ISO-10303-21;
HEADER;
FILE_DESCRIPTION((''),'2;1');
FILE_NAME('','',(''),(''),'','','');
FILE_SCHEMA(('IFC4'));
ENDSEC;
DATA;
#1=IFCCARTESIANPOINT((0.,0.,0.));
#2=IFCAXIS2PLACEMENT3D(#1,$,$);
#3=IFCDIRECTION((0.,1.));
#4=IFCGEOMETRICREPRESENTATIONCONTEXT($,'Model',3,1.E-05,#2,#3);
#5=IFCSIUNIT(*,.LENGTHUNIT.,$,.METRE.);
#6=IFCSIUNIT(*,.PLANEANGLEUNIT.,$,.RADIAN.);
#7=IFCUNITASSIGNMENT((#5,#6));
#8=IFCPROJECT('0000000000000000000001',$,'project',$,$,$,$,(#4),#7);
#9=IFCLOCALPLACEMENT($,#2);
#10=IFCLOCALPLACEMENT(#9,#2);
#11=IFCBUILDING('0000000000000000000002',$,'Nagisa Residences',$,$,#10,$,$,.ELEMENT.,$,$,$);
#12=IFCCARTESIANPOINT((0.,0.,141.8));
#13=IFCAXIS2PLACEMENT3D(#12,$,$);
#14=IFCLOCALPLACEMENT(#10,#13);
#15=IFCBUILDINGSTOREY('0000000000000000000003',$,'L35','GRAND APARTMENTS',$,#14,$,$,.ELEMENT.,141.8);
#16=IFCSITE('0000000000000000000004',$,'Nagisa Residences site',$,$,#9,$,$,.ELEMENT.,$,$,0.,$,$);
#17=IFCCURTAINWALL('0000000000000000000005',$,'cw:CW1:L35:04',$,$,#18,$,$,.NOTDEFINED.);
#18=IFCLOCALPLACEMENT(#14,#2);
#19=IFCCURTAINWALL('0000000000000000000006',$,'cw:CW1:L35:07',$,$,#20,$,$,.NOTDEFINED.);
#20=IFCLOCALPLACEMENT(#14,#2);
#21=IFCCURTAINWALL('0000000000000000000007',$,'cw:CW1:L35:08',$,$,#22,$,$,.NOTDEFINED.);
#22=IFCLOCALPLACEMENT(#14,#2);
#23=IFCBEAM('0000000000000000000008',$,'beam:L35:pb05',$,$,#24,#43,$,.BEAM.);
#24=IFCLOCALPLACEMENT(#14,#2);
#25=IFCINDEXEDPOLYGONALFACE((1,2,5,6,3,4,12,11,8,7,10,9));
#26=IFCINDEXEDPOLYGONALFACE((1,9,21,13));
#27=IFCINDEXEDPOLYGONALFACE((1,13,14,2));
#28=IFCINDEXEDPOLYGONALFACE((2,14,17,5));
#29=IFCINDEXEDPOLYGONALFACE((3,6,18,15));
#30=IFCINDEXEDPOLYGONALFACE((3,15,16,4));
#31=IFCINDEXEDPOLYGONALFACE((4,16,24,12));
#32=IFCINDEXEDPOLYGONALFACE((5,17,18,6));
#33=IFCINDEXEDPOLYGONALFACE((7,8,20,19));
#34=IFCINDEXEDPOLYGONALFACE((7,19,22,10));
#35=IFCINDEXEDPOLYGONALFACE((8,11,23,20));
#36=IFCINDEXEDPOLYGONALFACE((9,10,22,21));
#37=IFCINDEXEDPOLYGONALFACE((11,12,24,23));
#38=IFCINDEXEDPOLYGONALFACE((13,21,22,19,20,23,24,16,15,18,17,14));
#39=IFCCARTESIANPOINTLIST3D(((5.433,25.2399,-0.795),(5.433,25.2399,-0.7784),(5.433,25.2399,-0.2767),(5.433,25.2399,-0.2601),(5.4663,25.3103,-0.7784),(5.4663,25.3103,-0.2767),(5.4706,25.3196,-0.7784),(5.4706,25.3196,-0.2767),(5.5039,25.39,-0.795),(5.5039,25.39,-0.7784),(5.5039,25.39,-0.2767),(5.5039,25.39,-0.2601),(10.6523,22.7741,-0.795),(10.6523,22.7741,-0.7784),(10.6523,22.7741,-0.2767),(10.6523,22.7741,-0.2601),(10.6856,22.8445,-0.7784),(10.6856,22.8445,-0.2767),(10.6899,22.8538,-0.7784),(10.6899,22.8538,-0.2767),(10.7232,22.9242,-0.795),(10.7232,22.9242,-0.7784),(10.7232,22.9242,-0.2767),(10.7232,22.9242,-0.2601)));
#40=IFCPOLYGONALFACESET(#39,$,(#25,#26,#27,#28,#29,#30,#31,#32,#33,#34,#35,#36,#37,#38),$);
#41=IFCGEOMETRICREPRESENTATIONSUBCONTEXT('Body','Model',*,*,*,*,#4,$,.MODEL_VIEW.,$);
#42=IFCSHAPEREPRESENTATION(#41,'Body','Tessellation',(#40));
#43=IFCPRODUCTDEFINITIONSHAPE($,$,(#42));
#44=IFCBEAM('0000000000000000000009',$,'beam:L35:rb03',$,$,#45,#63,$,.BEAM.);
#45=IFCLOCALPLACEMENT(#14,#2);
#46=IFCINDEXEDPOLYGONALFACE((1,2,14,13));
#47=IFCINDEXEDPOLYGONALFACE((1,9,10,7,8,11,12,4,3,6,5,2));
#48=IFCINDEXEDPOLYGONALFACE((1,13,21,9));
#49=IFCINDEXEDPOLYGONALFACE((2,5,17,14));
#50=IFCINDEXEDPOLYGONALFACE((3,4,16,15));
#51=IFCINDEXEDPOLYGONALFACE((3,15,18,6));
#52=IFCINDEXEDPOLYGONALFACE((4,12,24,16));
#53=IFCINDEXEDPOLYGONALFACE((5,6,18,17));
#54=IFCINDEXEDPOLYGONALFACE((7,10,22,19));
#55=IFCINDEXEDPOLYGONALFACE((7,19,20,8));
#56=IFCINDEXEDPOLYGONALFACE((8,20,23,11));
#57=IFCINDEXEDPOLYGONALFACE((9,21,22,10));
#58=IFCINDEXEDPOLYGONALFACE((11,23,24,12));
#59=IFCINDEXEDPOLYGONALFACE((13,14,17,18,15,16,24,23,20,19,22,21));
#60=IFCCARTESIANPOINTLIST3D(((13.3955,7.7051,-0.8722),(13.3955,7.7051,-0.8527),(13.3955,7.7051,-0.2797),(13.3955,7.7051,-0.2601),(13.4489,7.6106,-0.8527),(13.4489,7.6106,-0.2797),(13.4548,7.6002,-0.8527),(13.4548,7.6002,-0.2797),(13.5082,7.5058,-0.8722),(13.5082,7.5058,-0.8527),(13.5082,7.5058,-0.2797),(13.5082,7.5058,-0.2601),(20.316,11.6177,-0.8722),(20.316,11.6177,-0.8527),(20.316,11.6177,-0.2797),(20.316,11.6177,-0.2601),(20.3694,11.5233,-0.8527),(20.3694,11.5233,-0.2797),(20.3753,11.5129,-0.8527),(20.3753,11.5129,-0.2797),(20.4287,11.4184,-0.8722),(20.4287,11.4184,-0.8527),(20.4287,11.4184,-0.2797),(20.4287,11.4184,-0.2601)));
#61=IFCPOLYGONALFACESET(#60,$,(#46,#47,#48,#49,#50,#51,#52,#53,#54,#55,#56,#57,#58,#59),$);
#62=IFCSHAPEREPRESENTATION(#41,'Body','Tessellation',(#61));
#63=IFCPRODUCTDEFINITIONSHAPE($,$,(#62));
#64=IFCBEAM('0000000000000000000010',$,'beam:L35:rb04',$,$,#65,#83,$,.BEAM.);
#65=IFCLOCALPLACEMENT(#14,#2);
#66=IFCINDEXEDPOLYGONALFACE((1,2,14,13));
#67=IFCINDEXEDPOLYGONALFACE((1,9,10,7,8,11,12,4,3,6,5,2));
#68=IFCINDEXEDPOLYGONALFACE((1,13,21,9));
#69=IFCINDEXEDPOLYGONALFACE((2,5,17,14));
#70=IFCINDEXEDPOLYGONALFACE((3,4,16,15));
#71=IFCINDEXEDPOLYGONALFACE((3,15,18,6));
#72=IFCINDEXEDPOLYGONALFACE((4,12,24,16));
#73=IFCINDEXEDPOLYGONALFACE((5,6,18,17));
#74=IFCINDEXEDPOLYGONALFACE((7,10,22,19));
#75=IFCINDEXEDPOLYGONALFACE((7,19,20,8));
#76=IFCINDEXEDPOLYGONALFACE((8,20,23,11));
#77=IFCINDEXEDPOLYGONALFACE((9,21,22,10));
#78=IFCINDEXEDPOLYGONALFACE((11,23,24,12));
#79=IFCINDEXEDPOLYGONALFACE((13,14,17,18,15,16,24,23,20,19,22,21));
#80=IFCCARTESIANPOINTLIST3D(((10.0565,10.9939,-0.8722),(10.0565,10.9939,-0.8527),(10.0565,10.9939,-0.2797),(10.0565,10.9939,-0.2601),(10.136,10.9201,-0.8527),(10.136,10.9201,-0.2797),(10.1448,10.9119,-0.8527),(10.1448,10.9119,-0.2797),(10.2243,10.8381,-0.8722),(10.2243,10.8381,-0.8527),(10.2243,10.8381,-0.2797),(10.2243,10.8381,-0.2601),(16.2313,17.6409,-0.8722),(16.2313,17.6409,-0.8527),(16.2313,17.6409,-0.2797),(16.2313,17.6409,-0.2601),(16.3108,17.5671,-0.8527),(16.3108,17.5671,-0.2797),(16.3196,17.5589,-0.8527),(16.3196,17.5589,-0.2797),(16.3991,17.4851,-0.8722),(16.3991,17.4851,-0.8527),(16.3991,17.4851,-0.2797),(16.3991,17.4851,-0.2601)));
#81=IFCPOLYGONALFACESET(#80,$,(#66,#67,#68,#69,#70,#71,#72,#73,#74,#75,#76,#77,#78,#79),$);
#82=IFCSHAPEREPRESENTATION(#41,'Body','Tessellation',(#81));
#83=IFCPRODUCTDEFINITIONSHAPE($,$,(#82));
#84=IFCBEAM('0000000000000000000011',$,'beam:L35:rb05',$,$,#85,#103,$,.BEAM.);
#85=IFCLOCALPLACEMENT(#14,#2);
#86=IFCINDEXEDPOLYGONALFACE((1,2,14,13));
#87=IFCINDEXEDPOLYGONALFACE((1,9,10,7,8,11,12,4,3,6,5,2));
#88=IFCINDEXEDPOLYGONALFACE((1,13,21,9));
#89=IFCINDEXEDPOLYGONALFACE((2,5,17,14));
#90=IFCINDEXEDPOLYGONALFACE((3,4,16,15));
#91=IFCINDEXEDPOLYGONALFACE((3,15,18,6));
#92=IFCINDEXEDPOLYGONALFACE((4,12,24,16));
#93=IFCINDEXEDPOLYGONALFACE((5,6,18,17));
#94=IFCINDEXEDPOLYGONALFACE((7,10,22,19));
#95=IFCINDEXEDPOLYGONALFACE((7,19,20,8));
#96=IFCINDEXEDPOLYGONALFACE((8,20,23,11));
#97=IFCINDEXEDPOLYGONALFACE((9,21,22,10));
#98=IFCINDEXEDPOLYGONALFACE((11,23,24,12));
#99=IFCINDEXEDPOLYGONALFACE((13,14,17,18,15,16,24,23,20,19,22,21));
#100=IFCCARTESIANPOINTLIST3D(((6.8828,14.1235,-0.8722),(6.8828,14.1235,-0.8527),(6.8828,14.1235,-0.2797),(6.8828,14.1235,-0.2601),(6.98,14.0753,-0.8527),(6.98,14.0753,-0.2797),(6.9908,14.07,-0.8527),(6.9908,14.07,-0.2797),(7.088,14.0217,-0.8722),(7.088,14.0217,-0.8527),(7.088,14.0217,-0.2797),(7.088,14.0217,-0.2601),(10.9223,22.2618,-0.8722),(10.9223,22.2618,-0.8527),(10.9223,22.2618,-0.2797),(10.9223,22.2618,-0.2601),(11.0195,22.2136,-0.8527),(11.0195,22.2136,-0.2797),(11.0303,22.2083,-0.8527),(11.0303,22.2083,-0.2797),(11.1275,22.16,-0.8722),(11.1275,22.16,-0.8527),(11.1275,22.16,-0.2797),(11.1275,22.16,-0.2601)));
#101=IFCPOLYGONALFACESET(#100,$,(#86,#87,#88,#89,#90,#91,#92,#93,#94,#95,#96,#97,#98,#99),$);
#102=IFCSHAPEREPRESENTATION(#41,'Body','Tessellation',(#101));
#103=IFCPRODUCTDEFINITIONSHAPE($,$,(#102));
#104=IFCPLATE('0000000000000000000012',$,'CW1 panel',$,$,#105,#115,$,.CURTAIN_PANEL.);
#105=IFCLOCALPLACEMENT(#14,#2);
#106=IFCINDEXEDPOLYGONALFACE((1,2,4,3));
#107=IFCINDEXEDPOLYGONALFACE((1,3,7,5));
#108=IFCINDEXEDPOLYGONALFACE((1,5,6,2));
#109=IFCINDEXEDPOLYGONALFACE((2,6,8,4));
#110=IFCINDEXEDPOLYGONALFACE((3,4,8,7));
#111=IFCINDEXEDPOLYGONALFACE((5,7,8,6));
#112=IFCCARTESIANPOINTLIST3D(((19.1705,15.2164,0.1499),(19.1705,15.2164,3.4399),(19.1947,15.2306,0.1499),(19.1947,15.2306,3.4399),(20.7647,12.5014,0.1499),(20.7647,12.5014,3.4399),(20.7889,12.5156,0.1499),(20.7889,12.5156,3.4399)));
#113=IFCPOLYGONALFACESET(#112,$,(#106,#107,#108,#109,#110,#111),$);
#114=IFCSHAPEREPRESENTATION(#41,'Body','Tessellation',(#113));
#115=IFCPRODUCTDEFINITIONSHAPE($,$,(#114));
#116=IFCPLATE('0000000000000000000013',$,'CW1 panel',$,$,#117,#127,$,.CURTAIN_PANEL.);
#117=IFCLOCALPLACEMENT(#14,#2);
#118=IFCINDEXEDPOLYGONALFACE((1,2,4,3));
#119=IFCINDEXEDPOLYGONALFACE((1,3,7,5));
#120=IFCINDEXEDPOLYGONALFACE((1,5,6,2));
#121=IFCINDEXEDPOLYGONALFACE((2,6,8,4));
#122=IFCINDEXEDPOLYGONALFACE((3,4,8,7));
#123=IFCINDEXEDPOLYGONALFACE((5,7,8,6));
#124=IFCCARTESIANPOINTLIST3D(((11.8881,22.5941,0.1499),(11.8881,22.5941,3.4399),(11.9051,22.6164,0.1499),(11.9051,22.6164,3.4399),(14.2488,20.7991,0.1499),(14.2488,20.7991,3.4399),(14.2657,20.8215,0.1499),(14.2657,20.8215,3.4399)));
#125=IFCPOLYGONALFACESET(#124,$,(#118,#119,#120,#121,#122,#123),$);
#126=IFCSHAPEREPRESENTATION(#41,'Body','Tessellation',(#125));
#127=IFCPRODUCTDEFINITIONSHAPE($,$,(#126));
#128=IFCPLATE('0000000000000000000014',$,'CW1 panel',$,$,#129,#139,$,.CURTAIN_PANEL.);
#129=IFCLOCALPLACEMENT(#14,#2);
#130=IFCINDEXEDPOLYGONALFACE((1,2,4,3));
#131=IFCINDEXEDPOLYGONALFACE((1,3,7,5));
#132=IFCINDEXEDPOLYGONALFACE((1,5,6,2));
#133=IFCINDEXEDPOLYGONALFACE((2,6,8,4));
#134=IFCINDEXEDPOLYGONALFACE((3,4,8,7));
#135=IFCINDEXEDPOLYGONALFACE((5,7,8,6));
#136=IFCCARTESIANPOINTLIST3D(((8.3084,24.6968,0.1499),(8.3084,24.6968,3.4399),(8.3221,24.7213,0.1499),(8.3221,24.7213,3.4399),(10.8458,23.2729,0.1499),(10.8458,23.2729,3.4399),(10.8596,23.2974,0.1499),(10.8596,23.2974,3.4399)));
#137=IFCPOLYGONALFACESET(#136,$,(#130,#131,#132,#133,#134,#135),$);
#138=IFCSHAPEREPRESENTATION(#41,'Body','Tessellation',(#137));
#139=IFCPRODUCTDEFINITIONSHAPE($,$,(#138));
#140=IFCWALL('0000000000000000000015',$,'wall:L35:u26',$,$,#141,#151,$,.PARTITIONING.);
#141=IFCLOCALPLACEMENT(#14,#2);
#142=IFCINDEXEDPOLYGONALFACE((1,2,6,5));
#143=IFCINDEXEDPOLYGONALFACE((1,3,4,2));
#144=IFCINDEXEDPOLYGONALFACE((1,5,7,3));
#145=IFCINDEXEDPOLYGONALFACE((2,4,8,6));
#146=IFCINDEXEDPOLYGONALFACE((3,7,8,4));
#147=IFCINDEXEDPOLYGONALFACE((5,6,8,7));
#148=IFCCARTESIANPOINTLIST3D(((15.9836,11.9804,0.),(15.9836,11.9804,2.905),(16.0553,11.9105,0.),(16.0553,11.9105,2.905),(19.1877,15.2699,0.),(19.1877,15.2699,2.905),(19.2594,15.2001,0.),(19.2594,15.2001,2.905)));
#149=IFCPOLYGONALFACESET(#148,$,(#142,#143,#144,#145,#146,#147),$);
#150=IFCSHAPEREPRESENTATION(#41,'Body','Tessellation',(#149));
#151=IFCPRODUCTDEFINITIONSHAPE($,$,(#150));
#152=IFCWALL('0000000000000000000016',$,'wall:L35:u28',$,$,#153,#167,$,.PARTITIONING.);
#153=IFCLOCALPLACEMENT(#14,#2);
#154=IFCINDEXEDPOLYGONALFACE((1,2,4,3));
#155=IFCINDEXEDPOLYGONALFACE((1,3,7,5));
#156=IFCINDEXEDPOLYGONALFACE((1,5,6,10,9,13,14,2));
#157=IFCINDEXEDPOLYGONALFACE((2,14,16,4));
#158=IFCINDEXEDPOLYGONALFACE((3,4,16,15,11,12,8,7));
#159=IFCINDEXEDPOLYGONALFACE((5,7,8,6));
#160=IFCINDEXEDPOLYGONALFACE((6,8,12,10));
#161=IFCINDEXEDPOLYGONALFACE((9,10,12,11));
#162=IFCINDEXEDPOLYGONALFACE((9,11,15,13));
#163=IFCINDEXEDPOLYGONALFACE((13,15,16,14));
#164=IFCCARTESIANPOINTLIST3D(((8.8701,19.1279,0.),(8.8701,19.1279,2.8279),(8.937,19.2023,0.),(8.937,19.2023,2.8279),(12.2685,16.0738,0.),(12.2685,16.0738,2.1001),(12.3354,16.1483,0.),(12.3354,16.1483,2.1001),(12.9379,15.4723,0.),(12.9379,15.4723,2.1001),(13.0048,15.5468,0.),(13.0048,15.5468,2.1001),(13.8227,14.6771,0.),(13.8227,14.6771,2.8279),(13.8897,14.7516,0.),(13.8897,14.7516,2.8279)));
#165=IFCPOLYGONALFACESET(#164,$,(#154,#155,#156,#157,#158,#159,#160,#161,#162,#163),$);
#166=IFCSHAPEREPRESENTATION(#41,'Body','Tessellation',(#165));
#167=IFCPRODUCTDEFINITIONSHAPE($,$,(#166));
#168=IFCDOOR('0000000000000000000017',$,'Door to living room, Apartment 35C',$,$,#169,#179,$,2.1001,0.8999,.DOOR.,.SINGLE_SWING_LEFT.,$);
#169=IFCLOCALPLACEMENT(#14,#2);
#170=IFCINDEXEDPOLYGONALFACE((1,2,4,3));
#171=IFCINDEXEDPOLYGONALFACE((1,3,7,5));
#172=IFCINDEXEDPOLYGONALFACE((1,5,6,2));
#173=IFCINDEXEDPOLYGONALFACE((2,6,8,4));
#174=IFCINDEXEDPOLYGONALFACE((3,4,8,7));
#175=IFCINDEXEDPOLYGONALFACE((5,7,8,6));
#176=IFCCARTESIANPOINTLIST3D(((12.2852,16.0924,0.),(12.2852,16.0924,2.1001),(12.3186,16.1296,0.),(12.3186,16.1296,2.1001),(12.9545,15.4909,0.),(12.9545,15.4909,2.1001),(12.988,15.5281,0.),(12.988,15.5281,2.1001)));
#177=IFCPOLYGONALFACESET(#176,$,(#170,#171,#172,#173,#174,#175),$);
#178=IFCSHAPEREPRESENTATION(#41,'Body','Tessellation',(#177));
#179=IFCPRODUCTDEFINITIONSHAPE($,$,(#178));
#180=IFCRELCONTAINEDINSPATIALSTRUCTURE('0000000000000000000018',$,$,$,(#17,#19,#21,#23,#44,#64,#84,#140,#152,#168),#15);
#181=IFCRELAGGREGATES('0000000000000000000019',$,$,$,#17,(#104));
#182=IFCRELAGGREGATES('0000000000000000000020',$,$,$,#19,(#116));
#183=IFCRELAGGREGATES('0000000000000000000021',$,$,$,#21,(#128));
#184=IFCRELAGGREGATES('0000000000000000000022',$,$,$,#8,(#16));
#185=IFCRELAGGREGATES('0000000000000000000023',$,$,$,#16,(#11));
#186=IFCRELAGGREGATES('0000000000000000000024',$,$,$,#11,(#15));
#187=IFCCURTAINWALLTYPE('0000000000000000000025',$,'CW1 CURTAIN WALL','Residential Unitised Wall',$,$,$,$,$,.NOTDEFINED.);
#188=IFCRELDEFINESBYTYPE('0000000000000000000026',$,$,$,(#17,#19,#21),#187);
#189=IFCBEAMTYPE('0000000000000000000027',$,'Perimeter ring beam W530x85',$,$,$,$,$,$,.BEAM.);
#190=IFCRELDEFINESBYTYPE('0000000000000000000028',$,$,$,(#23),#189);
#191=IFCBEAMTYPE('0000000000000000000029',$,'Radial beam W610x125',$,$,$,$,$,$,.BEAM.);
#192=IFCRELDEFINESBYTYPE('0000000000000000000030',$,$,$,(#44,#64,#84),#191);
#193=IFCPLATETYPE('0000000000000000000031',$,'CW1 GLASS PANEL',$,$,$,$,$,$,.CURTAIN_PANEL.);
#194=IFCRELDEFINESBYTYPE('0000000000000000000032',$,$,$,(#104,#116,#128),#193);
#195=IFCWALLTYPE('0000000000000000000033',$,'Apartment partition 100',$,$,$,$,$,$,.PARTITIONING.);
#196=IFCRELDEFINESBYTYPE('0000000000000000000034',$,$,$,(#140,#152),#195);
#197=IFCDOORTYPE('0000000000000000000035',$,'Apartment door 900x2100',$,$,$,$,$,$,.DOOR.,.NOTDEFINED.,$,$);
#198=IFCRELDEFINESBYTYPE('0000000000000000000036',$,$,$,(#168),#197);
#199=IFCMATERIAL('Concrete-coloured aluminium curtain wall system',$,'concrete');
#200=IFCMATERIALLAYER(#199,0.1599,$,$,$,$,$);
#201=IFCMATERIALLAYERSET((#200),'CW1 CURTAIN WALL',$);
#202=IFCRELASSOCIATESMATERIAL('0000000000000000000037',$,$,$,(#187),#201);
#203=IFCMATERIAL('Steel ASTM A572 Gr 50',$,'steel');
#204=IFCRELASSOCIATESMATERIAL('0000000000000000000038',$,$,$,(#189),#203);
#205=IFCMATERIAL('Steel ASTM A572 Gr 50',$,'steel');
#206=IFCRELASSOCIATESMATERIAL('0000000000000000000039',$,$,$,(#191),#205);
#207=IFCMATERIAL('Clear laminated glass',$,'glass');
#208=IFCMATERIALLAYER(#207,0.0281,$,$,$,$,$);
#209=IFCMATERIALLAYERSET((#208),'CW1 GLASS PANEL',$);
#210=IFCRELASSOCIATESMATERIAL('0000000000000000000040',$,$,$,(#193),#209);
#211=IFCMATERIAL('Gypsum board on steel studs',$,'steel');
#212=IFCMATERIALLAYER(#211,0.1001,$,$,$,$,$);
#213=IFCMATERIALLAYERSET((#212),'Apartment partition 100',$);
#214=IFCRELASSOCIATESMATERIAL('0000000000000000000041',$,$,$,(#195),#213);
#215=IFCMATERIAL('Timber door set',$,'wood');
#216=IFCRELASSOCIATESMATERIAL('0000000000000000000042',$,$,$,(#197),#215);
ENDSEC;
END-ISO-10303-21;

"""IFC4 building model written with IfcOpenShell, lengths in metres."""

from ifc_helpers import new_model, si_unit, direction, frame, frame_2d, origin, origin_2d, place, context, subcontext, project, spatial, rectangle, i_section, extrude, material, layer, layer_set, material_profile, profile_set, type_object, element, fill, aggregate, save


model = new_model("IFC4")

# Units and contexts
model_context = context("Model", 3, precision=1e-05, world=origin(), true_north=direction((0.0, 1.0)))
body_context = subcontext(model_context, "Body", "Model", "MODEL_VIEW")
ifc_project = project(units=[si_unit("LENGTHUNIT", "METRE"), si_unit("PLANEANGLEUNIT", "RADIAN")], contexts=[model_context])

# Site, building, storey
site_placement = place(None, origin())
site = spatial("IfcSite", under=ifc_project, at=site_placement, Name="Nagisa Residences site", CompositionType="ELEMENT", RefElevation=0.0)
building_placement = place(site_placement, origin())
building = spatial("IfcBuilding", under=site, at=building_placement, Name="Nagisa Residences", CompositionType="ELEMENT")
storey_placement = place(building_placement, frame((0.0, 0.0, 141.8)))
storey = spatial("IfcBuildingStorey", under=building, at=storey_placement, Name="L35", Description="GRAND APARTMENTS", CompositionType="ELEMENT", Elevation=141.8)

# Curtain walls
ifc_material_1 = material(Name="Concrete-coloured aluminium curtain wall system", Category="concrete")
ifc_layer_1 = layer(ifc_material_1, 0.1599)
ifc_layer_set_1 = layer_set([ifc_layer_1], Name="CW1 CURTAIN WALL")
curtain_wall_type = type_object("IfcCurtainWallType", Name="CW1 CURTAIN WALL", Description="Residential Unitised Wall", PredefinedType="NOTDEFINED", material=ifc_layer_set_1)
curtain_wall_1_placement = place(storey_placement, origin())
curtain_wall_1 = element("IfcCurtainWall", 1, at=curtain_wall_1_placement, inside=storey, type_object=curtain_wall_type, Name="cw:CW1:L35:04", PredefinedType="NOTDEFINED")
curtain_wall_2_placement = place(storey_placement, origin())
curtain_wall_2 = element("IfcCurtainWall", 2, at=curtain_wall_2_placement, inside=storey, type_object=curtain_wall_type, Name="cw:CW1:L35:07", PredefinedType="NOTDEFINED")
curtain_wall_3_placement = place(storey_placement, origin())
curtain_wall_3 = element("IfcCurtainWall", 3, at=curtain_wall_3_placement, inside=storey, type_object=curtain_wall_type, Name="cw:CW1:L35:08", PredefinedType="NOTDEFINED")

# Beams
ifc_material_2 = material(Name="Steel ASTM A572 Gr 50", Category="steel")
ifc_material_profile_1 = material_profile(ifc_material_2, i_section(OverallWidth=0.166, OverallDepth=0.5349, WebThickness=0.0103, FlangeThickness=0.0166, at=origin_2d()), Name="W530x85")
ifc_profile_set_1 = profile_set([ifc_material_profile_1], Name="Steel ASTM A572 Gr 50")
beam_type_1 = type_object("IfcBeamType", Name="Perimeter ring beam W530x85", PredefinedType="BEAM", material=ifc_profile_set_1)
beam_1_placement = place(storey_placement, frame((10.6877, 22.8491, -0.5276), z_axis=(-0.90417, 0.427173, 0.0), x_axis=(-0.427173, -0.90417, 0.0)))
element("IfcBeam", 4, at=beam_1_placement, inside=storey, type_object=beam_type_1, Name="beam:L35:pb05", PredefinedType="BEAM", context=body_context, shape_type="SweptSolid", body=[
    extrude(i_section(OverallWidth=0.166, OverallDepth=0.5349, WebThickness=0.0103, FlangeThickness=0.0166, at=origin_2d()), origin(), (0.0, 0.0, 1.0), 5.7725),
])
ifc_material_3 = material(Name="Steel ASTM A572 Gr 50", Category="steel")
ifc_material_profile_2 = material_profile(ifc_material_3, i_section(OverallWidth=0.229, OverallDepth=0.6121, WebThickness=0.012, FlangeThickness=0.0195, at=origin_2d()), Name="W610x125")
ifc_profile_set_2 = profile_set([ifc_material_profile_2], Name="Steel ASTM A572 Gr 50")
beam_type_2 = type_object("IfcBeamType", Name="Radial beam W610x125", PredefinedType="BEAM", material=ifc_profile_set_2)
beam_2_placement = place(storey_placement, frame((20.3723, 11.5181, -0.5662), z_axis=(-0.870506, -0.492158, 0.0), x_axis=(0.492158, -0.870506, 0.0)))
element("IfcBeam", 5, at=beam_2_placement, inside=storey, type_object=beam_type_2, Name="beam:L35:rb03", PredefinedType="BEAM", context=body_context, shape_type="SweptSolid", body=[
    extrude(i_section(OverallWidth=0.229, OverallDepth=0.6121, WebThickness=0.012, FlangeThickness=0.0195, at=origin_2d()), origin(), (0.0, 0.0, 1.0), 7.95),
])
beam_3_placement = place(storey_placement, frame((16.3152, 17.563, -0.5662), z_axis=(-0.680606, -0.73265, 0.0), x_axis=(0.73265, -0.680606, 0.0)))
element("IfcBeam", 6, at=beam_3_placement, inside=storey, type_object=beam_type_2, Name="beam:L35:rb04", PredefinedType="BEAM", context=body_context, shape_type="SweptSolid", body=[
    extrude(i_section(OverallWidth=0.229, OverallDepth=0.6121, WebThickness=0.012, FlangeThickness=0.0195, at=origin_2d()), origin(), (0.0, 0.0, 1.0), 9.0725),
])
beam_4_placement = place(storey_placement, frame((11.0249, 22.2109, -0.5662), z_axis=(-0.4446, -0.895729, 0.0), x_axis=(0.895729, -0.4446, 0.0)))
element("IfcBeam", 7, at=beam_4_placement, inside=storey, type_object=beam_type_2, Name="beam:L35:rb05", PredefinedType="BEAM", context=body_context, shape_type="SweptSolid", body=[
    extrude(i_section(OverallWidth=0.229, OverallDepth=0.6121, WebThickness=0.012, FlangeThickness=0.0195, at=origin_2d()), origin(), (0.0, 0.0, 1.0), 9.0857),
])

# Plates
ifc_material_4 = material(Name="Clear laminated glass", Category="glass")
ifc_layer_2 = layer(ifc_material_4, 0.0281)
ifc_layer_set_2 = layer_set([ifc_layer_2], Name="CW1 GLASS PANEL")
plate_type = type_object("IfcPlateType", Name="CW1 GLASS PANEL", PredefinedType="CURTAIN_PANEL", material=ifc_layer_set_2)
plate_1_placement = place(storey_placement, frame((19.9797, 13.866, 0.1499), z_axis=(0.0, 0.0, 1.0), x_axis=(-0.506349, 0.862329, 0.0)))
plate_1 = element("IfcPlate", 8, at=plate_1_placement, type_object=plate_type, Name="CW1 panel", PredefinedType="CURTAIN_PANEL", context=body_context, shape_type="SweptSolid", body=[
    extrude(rectangle(XDim=3.1484, YDim=0.0281, at=origin_2d()), origin(), (0.0, 0.0, 1.0), 3.29),
])
aggregate(curtain_wall_1, [plate_1])
plate_2_placement = place(storey_placement, frame((13.0769, 21.7078, 0.1499), z_axis=(0.0, 0.0, 1.0), x_axis=(-0.796031, 0.605255, 0.0)))
plate_2 = element("IfcPlate", 9, at=plate_2_placement, type_object=plate_type, Name="CW1 panel", PredefinedType="CURTAIN_PANEL", context=body_context, shape_type="SweptSolid", body=[
    extrude(rectangle(XDim=2.9656, YDim=0.0281, at=origin_2d()), origin(), (0.0, 0.0, 1.0), 3.29),
])
aggregate(curtain_wall_2, [plate_2])
plate_3_placement = place(storey_placement, frame((9.584, 23.9971, 0.1499), z_axis=(0.0, 0.0, 1.0), x_axis=(-0.872072, 0.489377, 0.0)))
plate_3 = element("IfcPlate", 10, at=plate_3_placement, type_object=plate_type, Name="CW1 panel", PredefinedType="CURTAIN_PANEL", context=body_context, shape_type="SweptSolid", body=[
    extrude(rectangle(XDim=2.9097, YDim=0.0281, at=origin_2d()), origin(), (0.0, 0.0, 1.0), 3.29),
])
aggregate(curtain_wall_3, [plate_3])

# Wall
ifc_material_5 = material(Name="Gypsum board on steel studs", Category="steel")
ifc_layer_3 = layer(ifc_material_5, 0.1001)
ifc_layer_set_3 = layer_set([ifc_layer_3], Name="Apartment partition 100")
wall_type_1 = type_object("IfcWallType", Name="Apartment partition 100", PredefinedType="PARTITIONING", material=ifc_layer_set_3)
wall_1_placement = place(storey_placement, frame((16.0195, 11.9456, 0.0), z_axis=(0.0, 0.0, 1.0), x_axis=(0.697742, 0.716349, 0.0)))
element("IfcWall", 11, at=wall_1_placement, inside=storey, type_object=wall_type_1, Name="wall:L35:u26", PredefinedType="PARTITIONING", context=body_context, shape_type="SweptSolid", body=[
    extrude(rectangle(XDim=4.592, YDim=0.1001, at=frame_2d((2.2959, 0.0))), origin(), (0.0, 0.0, 1.0), 2.905),
])

# Wall, opening, door
wall_2_placement = place(storey_placement, frame((13.8562, 14.7144, 0.0), z_axis=(0.0, 0.0, 1.0), x_axis=(-0.743793, 0.66841, 0.0)))
wall_2 = element("IfcWall", 12, at=wall_2_placement, inside=storey, type_object=wall_type_1, Name="wall:L35:u28", PredefinedType="PARTITIONING", context=body_context, shape_type="SweptSolid", body=[
    extrude(rectangle(XDim=6.6587, YDim=0.1001, at=frame_2d((3.3293, 0.0))), origin(), (0.0, 0.0, 1.0), 2.8279),
])
opening_1_placement = place(wall_2_placement, frame((1.1897, 0.0, 0.0)))
opening_1 = element("IfcOpeningElement", 13, at=opening_1_placement, cuts=wall_2, PredefinedType="OPENING", context=body_context, shape_type="SweptSolid", body=[
    extrude(rectangle(XDim=0.8999, YDim=2.1001, at=frame_2d((0.45, 1.05))), frame((0.0, 0.0601, 0.0), z_axis=(0.0, -1.0, 0.0), x_axis=(1.0, 0.0, 0.0)), (0.0, 0.0, 1.0), 0.1201),
])
ifc_material_6 = material(Name="Timber door set", Category="wood")
door_type_1 = type_object("IfcDoorType", Name="Apartment door 900x2100", OperationType="NOTDEFINED", PredefinedType="DOOR", material=ifc_material_6)
door_1_placement = place(opening_1_placement, frame((0.8999, 0.0, 0.0), x_axis=(-1.0, 0.0, 0.0)))
door_1 = element("IfcDoor", 14, at=door_1_placement, inside=storey, type_object=door_type_1, Name="Door to living room, Apartment 35C", OperationType="SINGLE_SWING_LEFT", OverallHeight=2.1001, OverallWidth=0.8999, PredefinedType="DOOR", context=body_context, shape_type="SweptSolid", body=[
    extrude(rectangle(XDim=0.8999, YDim=2.1001, at=frame_2d((0.45, 1.05))), frame((0.0, 0.0249, 0.0), z_axis=(0.0, -1.0, 0.0), x_axis=(1.0, 0.0, 0.0)), (0.0, 0.0, 1.0), 0.05),
])
fill(opening_1, door_1)

save(model, "model.ifc")
